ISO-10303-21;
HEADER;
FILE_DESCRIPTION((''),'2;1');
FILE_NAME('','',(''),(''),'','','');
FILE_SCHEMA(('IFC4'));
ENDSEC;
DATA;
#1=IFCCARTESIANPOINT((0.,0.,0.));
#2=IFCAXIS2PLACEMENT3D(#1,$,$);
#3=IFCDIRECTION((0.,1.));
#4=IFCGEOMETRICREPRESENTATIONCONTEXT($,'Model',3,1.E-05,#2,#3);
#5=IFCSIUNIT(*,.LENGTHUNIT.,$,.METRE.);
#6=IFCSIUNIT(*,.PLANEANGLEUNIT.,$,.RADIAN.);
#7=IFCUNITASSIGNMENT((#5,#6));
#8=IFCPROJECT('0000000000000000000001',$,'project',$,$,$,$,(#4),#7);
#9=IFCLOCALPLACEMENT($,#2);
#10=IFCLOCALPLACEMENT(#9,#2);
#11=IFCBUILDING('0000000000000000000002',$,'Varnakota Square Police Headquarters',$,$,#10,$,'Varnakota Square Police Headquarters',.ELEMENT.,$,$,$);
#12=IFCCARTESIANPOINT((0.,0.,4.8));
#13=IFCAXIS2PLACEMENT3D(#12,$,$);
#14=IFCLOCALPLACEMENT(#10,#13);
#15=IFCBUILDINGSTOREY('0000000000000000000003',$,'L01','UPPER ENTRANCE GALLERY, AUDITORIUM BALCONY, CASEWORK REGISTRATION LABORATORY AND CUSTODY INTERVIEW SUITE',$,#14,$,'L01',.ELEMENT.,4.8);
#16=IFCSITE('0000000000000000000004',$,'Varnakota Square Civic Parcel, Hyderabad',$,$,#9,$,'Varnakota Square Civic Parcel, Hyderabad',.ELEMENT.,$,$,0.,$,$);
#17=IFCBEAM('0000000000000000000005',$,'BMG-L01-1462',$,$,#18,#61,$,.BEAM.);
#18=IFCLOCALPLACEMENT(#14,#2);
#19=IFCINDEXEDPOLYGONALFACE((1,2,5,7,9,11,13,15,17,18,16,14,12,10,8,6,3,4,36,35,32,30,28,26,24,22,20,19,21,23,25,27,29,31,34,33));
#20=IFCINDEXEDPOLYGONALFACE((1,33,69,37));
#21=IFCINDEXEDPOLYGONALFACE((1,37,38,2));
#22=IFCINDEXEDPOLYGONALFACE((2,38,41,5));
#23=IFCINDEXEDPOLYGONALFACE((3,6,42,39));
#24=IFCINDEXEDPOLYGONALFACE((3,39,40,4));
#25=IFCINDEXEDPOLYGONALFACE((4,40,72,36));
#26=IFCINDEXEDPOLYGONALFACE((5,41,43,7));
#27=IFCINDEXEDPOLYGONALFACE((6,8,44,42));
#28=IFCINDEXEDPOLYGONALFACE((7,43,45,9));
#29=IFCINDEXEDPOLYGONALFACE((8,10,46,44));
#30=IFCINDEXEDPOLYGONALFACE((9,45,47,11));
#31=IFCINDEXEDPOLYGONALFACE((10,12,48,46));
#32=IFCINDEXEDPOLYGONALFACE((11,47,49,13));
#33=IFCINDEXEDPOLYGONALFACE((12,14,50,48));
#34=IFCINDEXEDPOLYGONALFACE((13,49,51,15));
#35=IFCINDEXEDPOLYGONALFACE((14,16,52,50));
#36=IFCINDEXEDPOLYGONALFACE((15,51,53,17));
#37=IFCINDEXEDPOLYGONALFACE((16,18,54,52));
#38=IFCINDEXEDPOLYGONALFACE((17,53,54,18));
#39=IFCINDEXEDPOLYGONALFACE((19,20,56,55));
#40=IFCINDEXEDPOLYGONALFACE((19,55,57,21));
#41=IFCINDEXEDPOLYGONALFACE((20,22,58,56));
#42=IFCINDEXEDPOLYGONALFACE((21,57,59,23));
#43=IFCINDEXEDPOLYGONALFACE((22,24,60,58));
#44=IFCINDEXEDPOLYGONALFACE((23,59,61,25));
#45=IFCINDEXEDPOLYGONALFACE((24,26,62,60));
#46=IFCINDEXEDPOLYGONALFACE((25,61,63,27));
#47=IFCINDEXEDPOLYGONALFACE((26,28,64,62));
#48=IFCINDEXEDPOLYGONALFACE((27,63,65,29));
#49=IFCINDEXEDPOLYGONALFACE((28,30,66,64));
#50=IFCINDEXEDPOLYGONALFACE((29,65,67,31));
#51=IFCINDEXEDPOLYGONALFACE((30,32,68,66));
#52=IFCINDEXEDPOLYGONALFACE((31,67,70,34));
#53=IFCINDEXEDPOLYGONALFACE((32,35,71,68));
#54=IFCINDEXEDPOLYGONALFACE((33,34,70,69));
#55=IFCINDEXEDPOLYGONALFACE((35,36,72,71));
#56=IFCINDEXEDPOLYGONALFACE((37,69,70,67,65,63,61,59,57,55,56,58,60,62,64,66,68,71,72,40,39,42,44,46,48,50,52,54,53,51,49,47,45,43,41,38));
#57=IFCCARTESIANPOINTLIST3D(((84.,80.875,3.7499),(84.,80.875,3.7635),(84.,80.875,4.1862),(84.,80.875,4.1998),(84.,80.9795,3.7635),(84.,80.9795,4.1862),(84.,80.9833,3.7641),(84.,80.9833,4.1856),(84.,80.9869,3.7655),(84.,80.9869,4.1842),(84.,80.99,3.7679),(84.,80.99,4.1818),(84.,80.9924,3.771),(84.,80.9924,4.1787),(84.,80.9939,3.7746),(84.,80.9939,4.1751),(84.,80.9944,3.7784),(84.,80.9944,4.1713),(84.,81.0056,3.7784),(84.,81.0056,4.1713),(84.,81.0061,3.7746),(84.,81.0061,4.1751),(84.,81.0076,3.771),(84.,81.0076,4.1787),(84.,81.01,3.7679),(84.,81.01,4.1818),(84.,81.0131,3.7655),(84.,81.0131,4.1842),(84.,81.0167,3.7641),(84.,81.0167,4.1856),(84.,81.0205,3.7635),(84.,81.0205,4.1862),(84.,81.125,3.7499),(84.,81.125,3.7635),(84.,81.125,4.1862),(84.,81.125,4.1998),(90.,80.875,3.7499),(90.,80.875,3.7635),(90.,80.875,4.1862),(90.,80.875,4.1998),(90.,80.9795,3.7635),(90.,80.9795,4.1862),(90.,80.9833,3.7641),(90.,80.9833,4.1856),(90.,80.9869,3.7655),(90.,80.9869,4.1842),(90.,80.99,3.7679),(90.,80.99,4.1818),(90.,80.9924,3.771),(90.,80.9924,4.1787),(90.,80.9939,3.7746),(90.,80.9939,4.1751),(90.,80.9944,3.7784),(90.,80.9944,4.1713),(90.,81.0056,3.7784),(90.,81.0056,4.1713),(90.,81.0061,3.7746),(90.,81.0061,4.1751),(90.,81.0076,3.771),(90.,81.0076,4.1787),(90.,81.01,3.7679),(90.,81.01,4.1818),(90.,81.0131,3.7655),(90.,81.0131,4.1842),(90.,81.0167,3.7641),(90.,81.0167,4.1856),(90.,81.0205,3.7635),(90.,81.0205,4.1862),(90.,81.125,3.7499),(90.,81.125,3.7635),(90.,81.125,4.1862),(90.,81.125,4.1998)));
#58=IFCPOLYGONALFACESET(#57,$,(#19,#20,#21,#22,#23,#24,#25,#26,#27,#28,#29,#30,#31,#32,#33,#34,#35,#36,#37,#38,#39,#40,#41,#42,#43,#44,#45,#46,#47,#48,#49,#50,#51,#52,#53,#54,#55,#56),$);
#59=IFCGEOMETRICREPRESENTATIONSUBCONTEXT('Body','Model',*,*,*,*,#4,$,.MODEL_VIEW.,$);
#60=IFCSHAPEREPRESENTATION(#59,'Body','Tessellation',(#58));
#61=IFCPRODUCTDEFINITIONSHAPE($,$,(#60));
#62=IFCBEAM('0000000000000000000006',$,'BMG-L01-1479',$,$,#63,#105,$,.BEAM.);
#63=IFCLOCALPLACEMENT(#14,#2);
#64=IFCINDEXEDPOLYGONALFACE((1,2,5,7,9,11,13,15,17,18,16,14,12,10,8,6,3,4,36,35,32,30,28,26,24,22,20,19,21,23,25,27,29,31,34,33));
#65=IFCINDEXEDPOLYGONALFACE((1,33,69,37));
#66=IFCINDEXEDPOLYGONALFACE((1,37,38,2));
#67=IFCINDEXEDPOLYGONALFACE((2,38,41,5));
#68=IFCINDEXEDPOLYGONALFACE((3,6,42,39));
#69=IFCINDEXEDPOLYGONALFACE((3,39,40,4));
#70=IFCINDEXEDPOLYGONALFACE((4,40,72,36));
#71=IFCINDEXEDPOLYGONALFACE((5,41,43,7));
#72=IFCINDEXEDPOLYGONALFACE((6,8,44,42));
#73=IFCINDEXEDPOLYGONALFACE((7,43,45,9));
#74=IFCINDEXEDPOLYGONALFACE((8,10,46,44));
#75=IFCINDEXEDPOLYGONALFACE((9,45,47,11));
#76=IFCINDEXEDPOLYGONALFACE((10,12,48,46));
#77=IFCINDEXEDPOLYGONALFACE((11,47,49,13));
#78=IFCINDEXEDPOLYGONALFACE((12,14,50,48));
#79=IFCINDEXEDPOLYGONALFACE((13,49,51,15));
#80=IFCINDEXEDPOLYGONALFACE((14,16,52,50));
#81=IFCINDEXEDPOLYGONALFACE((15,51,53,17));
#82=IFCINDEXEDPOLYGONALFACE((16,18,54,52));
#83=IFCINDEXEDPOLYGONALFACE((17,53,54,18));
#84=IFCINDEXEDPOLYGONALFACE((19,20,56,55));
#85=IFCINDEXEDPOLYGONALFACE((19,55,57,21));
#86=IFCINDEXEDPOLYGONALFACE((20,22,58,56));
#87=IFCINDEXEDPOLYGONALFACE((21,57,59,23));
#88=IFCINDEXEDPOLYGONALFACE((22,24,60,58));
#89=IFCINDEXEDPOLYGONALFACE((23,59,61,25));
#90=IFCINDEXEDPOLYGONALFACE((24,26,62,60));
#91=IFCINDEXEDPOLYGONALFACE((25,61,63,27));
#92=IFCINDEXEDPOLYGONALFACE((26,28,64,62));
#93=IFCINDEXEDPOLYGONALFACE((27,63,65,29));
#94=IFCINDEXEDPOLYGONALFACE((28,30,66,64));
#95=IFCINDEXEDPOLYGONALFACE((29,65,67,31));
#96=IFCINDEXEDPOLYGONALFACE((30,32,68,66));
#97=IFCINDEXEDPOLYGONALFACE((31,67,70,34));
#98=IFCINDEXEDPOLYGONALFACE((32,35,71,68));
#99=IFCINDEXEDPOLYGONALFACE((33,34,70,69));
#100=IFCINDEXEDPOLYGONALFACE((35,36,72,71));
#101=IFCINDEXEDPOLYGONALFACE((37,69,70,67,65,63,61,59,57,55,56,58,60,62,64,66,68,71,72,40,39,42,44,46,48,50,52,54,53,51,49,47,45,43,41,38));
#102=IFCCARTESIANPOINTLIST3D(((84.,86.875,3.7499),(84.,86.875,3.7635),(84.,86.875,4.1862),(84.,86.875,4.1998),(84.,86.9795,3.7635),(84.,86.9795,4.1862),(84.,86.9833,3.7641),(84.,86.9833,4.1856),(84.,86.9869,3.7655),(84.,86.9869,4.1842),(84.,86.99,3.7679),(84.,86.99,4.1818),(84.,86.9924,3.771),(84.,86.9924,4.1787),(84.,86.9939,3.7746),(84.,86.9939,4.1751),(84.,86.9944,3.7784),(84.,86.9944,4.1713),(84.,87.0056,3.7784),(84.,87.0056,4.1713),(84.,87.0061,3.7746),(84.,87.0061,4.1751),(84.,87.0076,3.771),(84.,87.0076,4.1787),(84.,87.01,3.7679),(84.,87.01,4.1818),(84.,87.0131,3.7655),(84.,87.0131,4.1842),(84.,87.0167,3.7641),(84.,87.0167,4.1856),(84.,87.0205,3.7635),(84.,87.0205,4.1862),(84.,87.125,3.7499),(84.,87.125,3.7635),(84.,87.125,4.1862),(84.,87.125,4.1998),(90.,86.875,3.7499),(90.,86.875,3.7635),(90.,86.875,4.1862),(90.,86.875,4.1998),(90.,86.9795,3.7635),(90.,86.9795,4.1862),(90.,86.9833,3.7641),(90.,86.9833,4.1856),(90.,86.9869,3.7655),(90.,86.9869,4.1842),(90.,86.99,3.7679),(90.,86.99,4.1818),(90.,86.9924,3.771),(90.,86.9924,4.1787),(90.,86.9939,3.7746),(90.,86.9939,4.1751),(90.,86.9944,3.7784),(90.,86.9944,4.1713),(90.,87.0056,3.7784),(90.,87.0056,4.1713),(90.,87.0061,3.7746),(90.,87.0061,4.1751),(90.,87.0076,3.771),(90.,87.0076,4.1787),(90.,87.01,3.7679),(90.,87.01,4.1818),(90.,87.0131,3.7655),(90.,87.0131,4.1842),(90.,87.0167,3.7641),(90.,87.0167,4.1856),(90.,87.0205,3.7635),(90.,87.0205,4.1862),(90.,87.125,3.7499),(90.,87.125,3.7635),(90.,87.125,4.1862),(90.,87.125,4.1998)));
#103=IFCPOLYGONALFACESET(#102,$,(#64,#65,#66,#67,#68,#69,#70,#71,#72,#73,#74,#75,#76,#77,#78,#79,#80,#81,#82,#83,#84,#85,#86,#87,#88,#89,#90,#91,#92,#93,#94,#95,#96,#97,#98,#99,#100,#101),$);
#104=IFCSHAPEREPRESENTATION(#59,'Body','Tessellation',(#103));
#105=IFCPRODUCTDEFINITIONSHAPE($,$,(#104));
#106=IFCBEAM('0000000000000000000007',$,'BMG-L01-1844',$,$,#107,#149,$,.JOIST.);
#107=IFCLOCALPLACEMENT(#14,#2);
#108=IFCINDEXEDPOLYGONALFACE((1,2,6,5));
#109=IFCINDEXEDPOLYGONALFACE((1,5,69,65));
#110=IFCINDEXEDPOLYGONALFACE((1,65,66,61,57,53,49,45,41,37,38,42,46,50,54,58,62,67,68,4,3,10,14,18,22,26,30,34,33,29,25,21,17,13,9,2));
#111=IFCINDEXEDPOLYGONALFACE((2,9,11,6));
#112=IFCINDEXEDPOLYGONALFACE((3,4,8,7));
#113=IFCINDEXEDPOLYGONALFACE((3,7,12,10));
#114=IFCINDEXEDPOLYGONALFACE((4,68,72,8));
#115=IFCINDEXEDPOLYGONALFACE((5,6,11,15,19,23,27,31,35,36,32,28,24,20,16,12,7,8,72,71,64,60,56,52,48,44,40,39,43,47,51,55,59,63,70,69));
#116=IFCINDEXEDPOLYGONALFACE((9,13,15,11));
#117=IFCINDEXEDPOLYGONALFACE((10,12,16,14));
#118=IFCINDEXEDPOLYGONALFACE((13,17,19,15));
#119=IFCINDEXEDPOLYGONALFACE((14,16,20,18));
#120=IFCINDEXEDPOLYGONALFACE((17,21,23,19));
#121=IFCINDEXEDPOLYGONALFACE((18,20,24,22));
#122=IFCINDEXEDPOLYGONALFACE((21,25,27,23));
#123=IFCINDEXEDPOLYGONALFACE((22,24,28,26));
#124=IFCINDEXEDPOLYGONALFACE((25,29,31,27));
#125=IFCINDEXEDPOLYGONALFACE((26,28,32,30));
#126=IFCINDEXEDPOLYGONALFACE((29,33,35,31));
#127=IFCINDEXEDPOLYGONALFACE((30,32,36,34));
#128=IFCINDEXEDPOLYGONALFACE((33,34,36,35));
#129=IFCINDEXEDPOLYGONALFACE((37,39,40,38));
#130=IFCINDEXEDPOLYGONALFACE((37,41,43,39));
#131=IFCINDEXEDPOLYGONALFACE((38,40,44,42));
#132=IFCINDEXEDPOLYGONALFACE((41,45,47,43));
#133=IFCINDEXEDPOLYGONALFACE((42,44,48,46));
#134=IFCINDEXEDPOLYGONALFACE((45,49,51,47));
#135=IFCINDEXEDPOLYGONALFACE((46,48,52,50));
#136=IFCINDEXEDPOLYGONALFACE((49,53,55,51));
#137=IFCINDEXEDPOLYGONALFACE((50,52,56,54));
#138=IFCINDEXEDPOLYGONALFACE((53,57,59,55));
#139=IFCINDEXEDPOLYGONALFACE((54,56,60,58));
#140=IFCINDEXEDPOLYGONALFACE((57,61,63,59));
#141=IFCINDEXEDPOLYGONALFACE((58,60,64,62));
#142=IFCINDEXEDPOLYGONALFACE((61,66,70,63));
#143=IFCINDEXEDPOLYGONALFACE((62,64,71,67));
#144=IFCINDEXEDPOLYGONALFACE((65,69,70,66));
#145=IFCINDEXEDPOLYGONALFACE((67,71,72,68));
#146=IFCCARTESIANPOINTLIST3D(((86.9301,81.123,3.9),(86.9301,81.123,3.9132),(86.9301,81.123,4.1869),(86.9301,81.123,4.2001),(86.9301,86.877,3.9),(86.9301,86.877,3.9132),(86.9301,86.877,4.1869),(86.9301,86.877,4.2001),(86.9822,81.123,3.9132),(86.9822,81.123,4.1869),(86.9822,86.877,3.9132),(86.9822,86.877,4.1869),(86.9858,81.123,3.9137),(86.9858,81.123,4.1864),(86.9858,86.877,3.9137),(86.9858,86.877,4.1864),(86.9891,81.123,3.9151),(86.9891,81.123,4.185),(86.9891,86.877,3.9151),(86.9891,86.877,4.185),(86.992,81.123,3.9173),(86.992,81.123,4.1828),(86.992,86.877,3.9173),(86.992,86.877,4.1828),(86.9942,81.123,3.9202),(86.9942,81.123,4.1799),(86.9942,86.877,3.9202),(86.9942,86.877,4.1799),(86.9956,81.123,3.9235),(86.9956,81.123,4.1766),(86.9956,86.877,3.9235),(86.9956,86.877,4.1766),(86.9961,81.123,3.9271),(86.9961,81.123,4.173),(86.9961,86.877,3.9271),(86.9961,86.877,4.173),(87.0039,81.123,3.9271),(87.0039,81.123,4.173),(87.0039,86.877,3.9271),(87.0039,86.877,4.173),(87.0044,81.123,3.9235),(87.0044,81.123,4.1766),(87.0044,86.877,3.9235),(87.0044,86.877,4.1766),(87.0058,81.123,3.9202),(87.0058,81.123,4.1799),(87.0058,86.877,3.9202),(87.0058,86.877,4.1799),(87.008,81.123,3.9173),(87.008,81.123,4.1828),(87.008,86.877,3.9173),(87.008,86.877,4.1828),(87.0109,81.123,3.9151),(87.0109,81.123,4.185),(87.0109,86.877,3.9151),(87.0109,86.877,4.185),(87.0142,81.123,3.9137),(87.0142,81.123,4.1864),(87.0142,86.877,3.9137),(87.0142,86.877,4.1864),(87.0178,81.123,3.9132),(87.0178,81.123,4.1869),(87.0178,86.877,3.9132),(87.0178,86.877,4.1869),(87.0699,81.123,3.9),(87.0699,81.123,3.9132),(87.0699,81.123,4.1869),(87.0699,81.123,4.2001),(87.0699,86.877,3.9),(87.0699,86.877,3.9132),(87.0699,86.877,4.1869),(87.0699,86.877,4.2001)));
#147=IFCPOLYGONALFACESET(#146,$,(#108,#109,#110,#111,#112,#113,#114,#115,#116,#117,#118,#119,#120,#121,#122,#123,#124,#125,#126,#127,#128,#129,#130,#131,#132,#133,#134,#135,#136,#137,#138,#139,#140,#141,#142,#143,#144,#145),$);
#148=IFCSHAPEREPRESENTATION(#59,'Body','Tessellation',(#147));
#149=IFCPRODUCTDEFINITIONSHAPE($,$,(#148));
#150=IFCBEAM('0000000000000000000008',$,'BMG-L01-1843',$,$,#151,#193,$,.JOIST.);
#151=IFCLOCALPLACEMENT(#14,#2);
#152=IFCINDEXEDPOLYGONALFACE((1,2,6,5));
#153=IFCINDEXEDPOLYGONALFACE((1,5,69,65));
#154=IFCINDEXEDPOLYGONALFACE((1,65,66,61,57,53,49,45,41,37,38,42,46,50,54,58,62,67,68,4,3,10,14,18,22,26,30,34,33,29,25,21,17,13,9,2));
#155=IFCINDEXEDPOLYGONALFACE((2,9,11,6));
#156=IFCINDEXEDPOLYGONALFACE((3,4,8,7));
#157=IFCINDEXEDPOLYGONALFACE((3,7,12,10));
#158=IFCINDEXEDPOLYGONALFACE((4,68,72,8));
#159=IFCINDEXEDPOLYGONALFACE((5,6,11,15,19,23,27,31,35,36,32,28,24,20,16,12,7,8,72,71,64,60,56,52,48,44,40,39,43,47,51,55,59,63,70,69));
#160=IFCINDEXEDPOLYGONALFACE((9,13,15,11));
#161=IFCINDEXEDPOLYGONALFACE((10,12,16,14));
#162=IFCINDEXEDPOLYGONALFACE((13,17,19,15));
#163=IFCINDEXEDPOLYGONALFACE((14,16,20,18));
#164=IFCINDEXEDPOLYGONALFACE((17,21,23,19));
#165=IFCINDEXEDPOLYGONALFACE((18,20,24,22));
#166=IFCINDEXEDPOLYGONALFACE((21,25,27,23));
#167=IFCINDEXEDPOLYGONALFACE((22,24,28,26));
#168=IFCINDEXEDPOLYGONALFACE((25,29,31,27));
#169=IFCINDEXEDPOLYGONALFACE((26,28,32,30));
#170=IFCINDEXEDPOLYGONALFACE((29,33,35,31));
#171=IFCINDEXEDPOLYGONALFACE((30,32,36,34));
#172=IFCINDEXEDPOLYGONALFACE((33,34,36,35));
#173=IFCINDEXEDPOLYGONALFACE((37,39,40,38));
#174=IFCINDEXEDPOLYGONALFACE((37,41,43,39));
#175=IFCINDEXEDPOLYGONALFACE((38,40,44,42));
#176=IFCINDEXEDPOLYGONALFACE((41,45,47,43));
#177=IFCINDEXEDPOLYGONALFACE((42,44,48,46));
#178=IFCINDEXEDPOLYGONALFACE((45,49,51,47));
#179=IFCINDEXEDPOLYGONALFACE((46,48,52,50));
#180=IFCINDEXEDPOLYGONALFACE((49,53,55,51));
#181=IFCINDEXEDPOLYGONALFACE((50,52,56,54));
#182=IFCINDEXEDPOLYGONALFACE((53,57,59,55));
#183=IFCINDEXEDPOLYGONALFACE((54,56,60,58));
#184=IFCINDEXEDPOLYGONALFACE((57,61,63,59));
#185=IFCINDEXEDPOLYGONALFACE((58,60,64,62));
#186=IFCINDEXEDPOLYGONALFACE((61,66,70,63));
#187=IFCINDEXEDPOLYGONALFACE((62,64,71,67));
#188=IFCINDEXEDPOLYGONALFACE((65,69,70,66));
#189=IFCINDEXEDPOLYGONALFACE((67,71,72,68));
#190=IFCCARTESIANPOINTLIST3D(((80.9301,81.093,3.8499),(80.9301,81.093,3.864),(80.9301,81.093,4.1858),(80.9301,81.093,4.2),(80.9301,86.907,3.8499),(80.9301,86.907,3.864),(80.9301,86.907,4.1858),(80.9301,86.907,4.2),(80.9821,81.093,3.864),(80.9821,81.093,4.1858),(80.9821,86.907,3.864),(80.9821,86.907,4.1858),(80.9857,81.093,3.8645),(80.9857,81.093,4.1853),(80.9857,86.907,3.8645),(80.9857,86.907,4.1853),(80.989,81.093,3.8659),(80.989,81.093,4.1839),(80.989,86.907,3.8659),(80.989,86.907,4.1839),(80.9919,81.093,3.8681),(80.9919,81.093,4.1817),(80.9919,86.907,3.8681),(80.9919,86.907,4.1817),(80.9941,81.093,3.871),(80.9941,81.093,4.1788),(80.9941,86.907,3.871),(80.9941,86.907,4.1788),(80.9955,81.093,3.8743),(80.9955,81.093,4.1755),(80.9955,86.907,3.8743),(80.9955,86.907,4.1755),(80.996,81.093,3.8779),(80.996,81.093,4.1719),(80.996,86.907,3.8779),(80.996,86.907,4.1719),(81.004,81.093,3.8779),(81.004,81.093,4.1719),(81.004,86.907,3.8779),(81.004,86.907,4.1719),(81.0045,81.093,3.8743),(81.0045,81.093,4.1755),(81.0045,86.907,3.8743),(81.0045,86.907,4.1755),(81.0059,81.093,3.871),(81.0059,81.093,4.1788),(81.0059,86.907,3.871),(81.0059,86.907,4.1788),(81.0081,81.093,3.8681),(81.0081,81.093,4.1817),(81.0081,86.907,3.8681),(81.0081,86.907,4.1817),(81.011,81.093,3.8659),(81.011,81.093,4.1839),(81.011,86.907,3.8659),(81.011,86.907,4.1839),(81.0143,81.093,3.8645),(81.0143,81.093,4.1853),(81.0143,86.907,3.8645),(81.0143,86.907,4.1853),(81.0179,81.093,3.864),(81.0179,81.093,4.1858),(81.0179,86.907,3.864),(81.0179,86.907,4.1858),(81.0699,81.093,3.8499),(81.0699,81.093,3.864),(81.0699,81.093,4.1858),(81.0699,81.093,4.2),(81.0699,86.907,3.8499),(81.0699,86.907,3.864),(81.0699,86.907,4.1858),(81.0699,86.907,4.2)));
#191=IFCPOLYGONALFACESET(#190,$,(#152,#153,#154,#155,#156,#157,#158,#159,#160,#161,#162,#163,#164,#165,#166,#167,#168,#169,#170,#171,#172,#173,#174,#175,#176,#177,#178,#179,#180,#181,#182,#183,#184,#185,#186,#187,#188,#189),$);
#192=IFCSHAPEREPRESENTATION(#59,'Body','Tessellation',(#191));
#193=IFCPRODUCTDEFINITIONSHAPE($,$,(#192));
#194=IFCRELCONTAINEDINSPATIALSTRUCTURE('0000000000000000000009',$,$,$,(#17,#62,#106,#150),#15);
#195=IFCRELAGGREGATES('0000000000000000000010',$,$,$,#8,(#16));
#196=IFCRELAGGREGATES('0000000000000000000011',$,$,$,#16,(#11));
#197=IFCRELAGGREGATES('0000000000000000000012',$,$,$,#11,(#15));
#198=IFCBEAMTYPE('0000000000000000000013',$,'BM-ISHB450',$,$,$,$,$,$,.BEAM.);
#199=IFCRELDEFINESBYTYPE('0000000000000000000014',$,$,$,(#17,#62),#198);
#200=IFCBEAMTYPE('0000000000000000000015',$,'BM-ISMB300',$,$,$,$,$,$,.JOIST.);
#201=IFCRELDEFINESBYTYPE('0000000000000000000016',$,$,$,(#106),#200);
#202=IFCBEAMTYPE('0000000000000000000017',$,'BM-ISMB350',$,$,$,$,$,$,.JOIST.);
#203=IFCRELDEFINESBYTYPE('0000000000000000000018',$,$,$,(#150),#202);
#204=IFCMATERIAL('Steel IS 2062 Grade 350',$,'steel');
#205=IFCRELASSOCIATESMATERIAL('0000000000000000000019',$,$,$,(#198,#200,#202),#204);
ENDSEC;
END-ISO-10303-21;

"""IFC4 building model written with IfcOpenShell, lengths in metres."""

from ifc_helpers import new_model, si_unit, direction, frame, origin, origin_2d, place, context, subcontext, project, spatial, i_section, extrude, material, material_profile, profile_set, type_object, element, save


model = new_model("IFC4")

# Units and contexts
model_context = context("Model", 3, precision=1e-05, world=origin(), true_north=direction((0.0, 1.0)))
body_context = subcontext(model_context, "Body", "Model", "MODEL_VIEW")
ifc_project = project(units=[si_unit("LENGTHUNIT", "METRE"), si_unit("PLANEANGLEUNIT", "RADIAN")], contexts=[model_context])

# Site, building, storey
site_placement = place(None, origin())
site = spatial("IfcSite", under=ifc_project, at=site_placement, Name="Varnakota Square Civic Parcel, Hyderabad", LongName="Varnakota Square Civic Parcel, Hyderabad", CompositionType="ELEMENT", RefElevation=0.0)
building_placement = place(site_placement, origin())
building = spatial("IfcBuilding", under=site, at=building_placement, Name="Varnakota Square Police Headquarters", LongName="Varnakota Square Police Headquarters", CompositionType="ELEMENT")
storey_placement = place(building_placement, frame((0.0, 0.0, 4.8)))
storey = spatial("IfcBuildingStorey", under=building, at=storey_placement, Name="L01", Description="UPPER ENTRANCE GALLERY, AUDITORIUM BALCONY, CASEWORK REGISTRATION LABORATORY AND CUSTODY INTERVIEW SUITE", LongName="L01", CompositionType="ELEMENT", Elevation=4.8)

# Shared definitions
ifc_material_1 = material(Name="Steel IS 2062 Grade 350", Category="steel")

# Beams
ifc_material_profile_1 = material_profile(ifc_material_1, i_section(OverallWidth=0.25, OverallDepth=0.45, WebThickness=0.0112, FlangeThickness=0.0137, FilletRadius=0.0149, at=origin_2d()), Name="ISHB 450")
ifc_profile_set_1 = profile_set([ifc_material_profile_1], Name="Steel IS 2062 Grade 350")
beam_type_1 = type_object("IfcBeamType", Name="BM-ISHB450", PredefinedType="BEAM", material=ifc_profile_set_1)
for number, where, z_axis, x_axis, name in (
    (1, (84.0, 81.0, 3.9749), (1.0, 0.0, 0.0), (0.0, 1.0, 0.0), "BMG-L01-1462"),
    (2, (84.0, 87.0, 3.9749), (1.0, 0.0, 0.0), (0.0, 1.0, 0.0), "BMG-L01-1479"),
):
    element("IfcBeam", number, at=place(storey_placement, frame(where, z_axis=z_axis, x_axis=x_axis)), inside=storey, type_object=beam_type_1, Name=name, PredefinedType="BEAM", context=body_context, shape_type="SweptSolid", body=[
        extrude(i_section(OverallWidth=0.25, OverallDepth=0.45, WebThickness=0.0112, FlangeThickness=0.0137, FilletRadius=0.0149, at=origin_2d()), origin(), (0.0, 0.0, 1.0), 6.0),
    ])
ifc_material_profile_2 = material_profile(ifc_material_1, i_section(OverallWidth=0.1399, OverallDepth=0.3, WebThickness=0.0078, FlangeThickness=0.0132, FilletRadius=0.0139, at=origin_2d()), Name="ISMB 300")
ifc_profile_set_2 = profile_set([ifc_material_profile_2], Name="Steel IS 2062 Grade 350")
beam_type_2 = type_object("IfcBeamType", Name="BM-ISMB300", PredefinedType="JOIST", material=ifc_profile_set_2)
beam_1_placement = place(storey_placement, frame((87.0, 81.123, 4.05), z_axis=(0.0, 1.0, 0.0), x_axis=(-1.0, 0.0, 0.0)))
element("IfcBeam", 3, at=beam_1_placement, inside=storey, type_object=beam_type_2, Name="BMG-L01-1844", PredefinedType="JOIST", context=body_context, shape_type="SweptSolid", body=[
    extrude(i_section(OverallWidth=0.1399, OverallDepth=0.3, WebThickness=0.0078, FlangeThickness=0.0132, FilletRadius=0.0139, at=origin_2d()), origin(), (0.0, 0.0, 1.0), 5.7539),
])
ifc_material_profile_3 = material_profile(ifc_material_1, i_section(OverallWidth=0.1399, OverallDepth=0.3501, WebThickness=0.0081, FlangeThickness=0.0142, FilletRadius=0.0139, at=origin_2d()), Name="ISMB 350")
ifc_profile_set_3 = profile_set([ifc_material_profile_3], Name="Steel IS 2062 Grade 350")
beam_type_3 = type_object("IfcBeamType", Name="BM-ISMB350", PredefinedType="JOIST", material=ifc_profile_set_3)
beam_2_placement = place(storey_placement, frame((81.0, 81.093, 4.0249), z_axis=(0.0, 1.0, 0.0), x_axis=(-1.0, 0.0, 0.0)))
element("IfcBeam", 4, at=beam_2_placement, inside=storey, type_object=beam_type_3, Name="BMG-L01-1843", PredefinedType="JOIST", context=body_context, shape_type="SweptSolid", body=[
    extrude(i_section(OverallWidth=0.1399, OverallDepth=0.3501, WebThickness=0.0081, FlangeThickness=0.0142, FilletRadius=0.0139, at=origin_2d()), origin(), (0.0, 0.0, 1.0), 5.814),
])

save(model, "model.ifc")
